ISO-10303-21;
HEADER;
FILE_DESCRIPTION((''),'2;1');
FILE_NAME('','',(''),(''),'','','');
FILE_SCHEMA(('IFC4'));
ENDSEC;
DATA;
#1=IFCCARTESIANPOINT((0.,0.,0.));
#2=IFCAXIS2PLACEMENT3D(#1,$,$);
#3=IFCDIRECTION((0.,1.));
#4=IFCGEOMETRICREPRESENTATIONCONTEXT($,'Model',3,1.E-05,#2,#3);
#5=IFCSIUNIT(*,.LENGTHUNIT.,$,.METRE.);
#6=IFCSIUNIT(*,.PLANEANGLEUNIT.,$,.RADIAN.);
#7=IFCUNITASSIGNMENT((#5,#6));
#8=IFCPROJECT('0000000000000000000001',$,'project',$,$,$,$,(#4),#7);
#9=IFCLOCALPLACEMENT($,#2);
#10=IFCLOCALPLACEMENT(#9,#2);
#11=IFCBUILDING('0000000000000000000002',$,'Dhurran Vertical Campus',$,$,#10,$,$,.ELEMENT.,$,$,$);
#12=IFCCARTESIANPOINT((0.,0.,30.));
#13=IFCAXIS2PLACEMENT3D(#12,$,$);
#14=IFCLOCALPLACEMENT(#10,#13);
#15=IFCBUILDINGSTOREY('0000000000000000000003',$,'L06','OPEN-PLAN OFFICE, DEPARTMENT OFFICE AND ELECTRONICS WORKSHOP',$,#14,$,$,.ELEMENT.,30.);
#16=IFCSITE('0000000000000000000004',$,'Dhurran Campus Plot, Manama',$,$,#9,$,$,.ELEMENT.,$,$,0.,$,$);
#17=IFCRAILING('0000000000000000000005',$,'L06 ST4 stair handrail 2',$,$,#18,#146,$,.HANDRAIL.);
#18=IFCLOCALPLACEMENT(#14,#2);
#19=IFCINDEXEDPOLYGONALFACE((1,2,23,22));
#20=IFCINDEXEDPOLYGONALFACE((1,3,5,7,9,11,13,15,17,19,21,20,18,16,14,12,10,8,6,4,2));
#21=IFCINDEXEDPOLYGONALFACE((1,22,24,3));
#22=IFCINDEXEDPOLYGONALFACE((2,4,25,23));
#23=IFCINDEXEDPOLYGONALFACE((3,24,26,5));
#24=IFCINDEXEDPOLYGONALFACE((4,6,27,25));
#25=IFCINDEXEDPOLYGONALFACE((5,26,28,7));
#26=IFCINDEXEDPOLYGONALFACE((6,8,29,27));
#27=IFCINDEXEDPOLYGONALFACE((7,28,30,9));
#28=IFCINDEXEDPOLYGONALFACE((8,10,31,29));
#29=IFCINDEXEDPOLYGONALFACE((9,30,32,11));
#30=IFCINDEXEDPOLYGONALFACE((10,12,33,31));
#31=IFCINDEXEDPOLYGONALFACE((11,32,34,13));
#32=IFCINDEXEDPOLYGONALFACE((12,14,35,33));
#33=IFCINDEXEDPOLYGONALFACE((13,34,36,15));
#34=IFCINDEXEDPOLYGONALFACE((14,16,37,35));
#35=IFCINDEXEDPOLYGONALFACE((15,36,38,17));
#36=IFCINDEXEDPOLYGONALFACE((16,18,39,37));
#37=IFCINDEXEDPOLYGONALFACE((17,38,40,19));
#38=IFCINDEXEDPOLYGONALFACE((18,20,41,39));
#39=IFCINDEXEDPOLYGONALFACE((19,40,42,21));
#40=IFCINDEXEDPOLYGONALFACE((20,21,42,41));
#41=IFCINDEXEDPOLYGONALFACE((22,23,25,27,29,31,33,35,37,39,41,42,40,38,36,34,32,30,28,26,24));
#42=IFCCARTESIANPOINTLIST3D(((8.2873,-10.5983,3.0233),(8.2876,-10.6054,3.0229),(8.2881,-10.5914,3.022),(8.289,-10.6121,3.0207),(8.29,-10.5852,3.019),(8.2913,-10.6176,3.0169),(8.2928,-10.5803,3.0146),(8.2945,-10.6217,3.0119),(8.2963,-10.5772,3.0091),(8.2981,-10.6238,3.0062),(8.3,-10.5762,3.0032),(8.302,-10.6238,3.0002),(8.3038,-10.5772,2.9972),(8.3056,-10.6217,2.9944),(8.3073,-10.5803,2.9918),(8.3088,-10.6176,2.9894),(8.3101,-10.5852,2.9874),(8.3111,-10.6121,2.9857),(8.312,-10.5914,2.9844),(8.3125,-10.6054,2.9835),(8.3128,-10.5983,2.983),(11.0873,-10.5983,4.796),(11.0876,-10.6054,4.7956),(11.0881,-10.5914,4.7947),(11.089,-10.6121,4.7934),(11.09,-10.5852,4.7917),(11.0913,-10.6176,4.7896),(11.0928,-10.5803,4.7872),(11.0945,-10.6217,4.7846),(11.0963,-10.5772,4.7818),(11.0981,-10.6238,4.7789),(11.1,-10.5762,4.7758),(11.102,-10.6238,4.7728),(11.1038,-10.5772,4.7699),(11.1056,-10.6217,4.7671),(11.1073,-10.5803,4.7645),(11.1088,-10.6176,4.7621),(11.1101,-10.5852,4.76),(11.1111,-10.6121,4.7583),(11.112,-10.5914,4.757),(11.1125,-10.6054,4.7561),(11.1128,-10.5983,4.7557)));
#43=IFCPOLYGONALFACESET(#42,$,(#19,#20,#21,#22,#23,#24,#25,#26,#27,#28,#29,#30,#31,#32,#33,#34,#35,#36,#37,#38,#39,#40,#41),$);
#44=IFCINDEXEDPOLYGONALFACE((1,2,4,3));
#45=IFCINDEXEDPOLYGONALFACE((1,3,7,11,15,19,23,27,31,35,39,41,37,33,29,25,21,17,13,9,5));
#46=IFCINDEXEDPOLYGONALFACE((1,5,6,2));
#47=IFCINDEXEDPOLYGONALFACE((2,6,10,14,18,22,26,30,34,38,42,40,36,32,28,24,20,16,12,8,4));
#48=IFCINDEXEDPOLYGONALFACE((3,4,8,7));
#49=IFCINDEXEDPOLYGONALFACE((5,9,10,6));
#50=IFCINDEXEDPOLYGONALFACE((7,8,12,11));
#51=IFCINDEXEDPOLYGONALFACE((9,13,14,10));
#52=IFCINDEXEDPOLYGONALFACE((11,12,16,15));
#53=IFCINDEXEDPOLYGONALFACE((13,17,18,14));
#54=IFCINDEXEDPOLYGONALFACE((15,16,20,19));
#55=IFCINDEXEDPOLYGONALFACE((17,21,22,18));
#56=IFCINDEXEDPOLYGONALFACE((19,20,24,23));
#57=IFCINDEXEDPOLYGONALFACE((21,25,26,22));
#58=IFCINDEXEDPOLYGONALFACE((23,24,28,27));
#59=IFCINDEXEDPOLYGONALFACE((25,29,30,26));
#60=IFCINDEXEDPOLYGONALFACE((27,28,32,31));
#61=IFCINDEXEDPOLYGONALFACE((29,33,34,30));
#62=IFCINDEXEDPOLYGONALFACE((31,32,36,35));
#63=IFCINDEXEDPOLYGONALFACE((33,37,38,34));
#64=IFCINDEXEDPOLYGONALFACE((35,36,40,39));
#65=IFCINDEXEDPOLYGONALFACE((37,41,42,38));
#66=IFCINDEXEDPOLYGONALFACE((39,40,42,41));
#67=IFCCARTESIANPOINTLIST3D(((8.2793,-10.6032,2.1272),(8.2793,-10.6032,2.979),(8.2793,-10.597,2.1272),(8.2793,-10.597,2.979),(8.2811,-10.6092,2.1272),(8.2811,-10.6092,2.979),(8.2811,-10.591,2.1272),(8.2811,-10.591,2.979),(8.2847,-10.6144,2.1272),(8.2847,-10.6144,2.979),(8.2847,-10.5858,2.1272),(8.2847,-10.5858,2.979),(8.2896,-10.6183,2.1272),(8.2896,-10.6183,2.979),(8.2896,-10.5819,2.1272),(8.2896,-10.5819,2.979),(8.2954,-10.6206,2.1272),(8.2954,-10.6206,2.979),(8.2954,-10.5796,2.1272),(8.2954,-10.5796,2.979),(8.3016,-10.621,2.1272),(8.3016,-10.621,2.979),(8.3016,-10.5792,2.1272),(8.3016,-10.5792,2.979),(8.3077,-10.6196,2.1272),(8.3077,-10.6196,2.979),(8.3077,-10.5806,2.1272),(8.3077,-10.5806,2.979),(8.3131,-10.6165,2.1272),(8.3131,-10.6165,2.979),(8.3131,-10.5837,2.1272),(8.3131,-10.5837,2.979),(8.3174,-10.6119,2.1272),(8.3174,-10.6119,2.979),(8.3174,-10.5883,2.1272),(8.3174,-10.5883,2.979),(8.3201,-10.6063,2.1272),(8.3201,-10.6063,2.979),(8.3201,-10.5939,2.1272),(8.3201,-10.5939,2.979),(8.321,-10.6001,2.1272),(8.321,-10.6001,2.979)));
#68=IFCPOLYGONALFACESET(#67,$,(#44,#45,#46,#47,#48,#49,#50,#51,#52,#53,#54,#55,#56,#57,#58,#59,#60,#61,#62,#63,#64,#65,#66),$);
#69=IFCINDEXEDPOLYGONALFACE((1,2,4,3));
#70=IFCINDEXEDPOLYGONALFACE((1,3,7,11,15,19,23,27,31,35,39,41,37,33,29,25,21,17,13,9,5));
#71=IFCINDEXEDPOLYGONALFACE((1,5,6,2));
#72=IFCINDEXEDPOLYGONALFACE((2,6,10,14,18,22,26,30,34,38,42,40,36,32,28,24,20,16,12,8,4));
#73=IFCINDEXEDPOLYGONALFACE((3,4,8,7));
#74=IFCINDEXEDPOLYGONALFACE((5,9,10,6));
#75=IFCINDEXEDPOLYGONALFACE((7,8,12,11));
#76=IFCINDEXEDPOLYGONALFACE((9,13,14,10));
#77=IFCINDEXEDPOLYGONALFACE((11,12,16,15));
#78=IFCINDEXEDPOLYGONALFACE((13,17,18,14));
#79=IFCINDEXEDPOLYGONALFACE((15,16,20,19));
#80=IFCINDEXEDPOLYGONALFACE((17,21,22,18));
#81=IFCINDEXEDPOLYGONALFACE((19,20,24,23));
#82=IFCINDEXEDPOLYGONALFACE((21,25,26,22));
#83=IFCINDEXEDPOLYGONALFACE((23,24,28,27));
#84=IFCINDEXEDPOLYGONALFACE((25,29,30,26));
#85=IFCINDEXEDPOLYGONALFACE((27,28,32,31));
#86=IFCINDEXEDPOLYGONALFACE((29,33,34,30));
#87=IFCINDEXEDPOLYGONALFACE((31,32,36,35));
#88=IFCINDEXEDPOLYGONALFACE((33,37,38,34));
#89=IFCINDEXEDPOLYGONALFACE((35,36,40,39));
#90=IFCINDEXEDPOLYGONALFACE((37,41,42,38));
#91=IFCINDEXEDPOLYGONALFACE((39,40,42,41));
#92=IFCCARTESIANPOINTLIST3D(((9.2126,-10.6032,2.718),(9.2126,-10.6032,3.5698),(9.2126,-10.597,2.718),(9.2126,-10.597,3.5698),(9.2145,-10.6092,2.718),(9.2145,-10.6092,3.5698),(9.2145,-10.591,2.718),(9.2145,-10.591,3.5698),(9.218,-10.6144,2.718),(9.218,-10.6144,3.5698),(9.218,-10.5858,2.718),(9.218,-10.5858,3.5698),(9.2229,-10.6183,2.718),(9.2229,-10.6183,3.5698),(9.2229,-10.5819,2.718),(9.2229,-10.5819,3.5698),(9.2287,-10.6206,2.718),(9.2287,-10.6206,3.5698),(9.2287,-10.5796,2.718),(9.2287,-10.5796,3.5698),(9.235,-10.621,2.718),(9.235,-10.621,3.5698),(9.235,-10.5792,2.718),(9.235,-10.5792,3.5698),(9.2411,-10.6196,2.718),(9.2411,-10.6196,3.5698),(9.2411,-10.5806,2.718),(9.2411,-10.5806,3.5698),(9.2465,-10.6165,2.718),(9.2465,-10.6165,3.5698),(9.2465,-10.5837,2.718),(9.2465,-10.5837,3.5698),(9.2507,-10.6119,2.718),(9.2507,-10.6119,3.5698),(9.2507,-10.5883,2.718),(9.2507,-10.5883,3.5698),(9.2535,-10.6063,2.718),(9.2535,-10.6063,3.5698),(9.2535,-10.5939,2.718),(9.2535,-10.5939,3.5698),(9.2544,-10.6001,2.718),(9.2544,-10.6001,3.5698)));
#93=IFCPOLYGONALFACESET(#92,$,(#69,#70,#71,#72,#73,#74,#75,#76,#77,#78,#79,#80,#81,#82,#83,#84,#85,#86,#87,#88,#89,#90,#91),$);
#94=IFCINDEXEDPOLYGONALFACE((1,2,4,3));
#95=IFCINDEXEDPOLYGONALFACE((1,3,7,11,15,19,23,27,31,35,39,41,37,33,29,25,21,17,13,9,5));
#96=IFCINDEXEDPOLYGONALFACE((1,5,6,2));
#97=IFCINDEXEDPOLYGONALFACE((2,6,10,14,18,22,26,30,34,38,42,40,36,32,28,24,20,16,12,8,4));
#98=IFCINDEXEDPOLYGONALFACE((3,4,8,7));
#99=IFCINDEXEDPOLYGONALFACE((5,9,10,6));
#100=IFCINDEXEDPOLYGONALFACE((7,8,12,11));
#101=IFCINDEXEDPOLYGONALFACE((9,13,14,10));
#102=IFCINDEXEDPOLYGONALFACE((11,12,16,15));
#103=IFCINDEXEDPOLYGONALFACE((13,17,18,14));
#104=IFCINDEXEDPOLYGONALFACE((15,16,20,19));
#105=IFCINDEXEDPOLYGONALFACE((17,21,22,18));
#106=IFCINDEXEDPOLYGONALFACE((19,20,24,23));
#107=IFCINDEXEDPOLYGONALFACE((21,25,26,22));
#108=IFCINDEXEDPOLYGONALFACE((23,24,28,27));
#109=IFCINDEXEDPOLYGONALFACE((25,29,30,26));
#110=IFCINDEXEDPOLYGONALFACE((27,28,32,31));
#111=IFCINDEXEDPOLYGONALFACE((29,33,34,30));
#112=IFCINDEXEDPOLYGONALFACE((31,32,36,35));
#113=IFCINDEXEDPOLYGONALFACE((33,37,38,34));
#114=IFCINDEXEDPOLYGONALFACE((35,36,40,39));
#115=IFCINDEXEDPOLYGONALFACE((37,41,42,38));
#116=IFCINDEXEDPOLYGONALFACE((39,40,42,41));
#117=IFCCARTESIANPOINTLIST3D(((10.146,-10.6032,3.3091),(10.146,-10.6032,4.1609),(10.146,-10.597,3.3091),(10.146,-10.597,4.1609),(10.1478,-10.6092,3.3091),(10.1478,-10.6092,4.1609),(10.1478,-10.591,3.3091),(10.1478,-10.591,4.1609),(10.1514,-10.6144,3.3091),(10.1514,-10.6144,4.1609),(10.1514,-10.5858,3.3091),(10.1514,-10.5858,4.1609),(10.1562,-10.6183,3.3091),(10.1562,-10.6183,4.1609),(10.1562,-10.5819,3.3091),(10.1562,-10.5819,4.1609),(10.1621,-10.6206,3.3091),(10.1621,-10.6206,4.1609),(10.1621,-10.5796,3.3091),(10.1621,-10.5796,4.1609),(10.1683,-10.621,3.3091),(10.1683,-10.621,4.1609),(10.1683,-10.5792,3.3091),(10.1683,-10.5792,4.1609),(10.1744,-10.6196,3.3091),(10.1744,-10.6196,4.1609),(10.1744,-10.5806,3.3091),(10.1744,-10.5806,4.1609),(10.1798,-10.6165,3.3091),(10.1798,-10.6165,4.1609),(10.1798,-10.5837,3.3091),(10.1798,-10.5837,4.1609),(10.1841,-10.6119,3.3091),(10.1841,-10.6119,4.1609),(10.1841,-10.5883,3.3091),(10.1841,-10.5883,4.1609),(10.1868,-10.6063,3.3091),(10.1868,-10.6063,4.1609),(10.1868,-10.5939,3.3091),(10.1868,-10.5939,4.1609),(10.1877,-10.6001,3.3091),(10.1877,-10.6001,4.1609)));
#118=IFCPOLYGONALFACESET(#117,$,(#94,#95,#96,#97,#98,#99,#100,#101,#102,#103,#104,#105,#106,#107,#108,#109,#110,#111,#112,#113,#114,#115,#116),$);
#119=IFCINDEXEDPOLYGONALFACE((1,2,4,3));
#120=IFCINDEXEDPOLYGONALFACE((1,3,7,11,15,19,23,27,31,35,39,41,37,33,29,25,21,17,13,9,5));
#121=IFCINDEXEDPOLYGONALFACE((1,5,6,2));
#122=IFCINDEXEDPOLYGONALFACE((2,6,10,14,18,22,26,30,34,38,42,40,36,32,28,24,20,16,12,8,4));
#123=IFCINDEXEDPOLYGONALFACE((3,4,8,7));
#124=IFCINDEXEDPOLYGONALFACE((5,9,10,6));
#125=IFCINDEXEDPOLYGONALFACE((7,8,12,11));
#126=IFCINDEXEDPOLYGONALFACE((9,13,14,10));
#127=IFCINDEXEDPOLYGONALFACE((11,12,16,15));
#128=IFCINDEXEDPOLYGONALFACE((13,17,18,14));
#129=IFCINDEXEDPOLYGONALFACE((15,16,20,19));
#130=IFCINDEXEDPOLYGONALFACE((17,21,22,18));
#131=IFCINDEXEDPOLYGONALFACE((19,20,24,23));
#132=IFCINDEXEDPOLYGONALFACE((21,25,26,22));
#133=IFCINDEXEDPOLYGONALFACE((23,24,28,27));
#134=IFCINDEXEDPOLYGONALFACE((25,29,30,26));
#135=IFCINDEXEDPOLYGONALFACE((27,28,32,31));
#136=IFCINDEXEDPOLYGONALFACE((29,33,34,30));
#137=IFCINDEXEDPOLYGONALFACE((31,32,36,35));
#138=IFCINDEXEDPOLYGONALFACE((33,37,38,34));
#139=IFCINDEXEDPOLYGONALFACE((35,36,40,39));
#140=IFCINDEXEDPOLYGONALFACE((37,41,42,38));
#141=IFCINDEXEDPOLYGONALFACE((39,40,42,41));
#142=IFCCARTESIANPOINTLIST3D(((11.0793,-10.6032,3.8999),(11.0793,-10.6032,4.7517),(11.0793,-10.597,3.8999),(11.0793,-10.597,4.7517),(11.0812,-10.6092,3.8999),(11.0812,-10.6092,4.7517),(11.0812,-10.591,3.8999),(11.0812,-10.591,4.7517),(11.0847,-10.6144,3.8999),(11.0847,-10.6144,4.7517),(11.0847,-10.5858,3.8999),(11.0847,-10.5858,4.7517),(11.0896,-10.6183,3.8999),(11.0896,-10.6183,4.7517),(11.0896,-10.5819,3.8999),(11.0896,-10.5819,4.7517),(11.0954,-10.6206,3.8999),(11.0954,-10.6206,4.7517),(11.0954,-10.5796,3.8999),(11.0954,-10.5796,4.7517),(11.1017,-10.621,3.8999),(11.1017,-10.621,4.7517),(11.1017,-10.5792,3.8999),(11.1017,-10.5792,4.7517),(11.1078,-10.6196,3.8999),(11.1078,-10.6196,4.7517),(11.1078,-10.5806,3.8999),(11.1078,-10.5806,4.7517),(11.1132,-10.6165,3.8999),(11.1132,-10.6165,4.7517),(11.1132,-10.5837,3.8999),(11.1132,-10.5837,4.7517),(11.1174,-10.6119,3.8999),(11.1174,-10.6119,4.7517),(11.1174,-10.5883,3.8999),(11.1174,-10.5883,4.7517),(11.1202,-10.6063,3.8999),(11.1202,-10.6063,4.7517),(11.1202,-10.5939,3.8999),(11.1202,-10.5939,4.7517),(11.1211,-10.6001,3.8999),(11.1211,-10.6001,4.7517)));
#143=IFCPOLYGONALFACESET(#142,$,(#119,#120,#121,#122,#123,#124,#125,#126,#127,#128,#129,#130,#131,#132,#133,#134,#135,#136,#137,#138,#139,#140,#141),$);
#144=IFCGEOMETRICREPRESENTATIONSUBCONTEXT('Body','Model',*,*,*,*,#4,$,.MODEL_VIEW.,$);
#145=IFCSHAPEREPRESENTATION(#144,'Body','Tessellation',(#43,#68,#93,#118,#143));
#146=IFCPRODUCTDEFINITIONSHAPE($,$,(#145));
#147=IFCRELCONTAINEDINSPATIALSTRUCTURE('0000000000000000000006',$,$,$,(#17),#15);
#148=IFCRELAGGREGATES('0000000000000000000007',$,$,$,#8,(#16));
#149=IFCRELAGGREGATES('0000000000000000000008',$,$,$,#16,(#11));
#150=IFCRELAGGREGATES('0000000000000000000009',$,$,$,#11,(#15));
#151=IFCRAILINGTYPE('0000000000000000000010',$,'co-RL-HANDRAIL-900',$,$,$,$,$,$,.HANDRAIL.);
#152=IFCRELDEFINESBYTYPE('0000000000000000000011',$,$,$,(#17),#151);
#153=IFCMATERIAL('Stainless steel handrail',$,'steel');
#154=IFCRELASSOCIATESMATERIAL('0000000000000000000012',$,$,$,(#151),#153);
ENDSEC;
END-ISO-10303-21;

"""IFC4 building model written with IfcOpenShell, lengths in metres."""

from ifc_helpers import new_model, si_unit, direction, frame, origin, origin_2d, place, context, subcontext, project, spatial, circle, extrude, material, type_object, element, save


model = new_model("IFC4")

# Units and contexts
model_context = context("Model", 3, precision=1e-05, world=origin(), true_north=direction((0.0, 1.0)))
body_context = subcontext(model_context, "Body", "Model", "MODEL_VIEW")
ifc_project = project(units=[si_unit("LENGTHUNIT", "METRE"), si_unit("PLANEANGLEUNIT", "RADIAN")], contexts=[model_context])

# Site, building, storey
site_placement = place(None, origin())
site = spatial("IfcSite", under=ifc_project, at=site_placement, Name="Dhurran Campus Plot, Manama", CompositionType="ELEMENT", RefElevation=0.0)
building_placement = place(site_placement, origin())
building = spatial("IfcBuilding", under=site, at=building_placement, Name="Dhurran Vertical Campus", CompositionType="ELEMENT")
storey_placement = place(building_placement, frame((0.0, 0.0, 30.0)))
storey = spatial("IfcBuildingStorey", under=building, at=storey_placement, Name="L06", Description="OPEN-PLAN OFFICE, DEPARTMENT OFFICE AND ELECTRONICS WORKSHOP", CompositionType="ELEMENT", Elevation=30.0)

# Railing
ifc_material_1 = material(Name="Stainless steel handrail", Category="steel")
railing_type = type_object("IfcRailingType", Name="co-RL-HANDRAIL-900", PredefinedType="HANDRAIL", material=ifc_material_1)
railing_placement = place(storey_placement, frame((8.3, -10.6001, 2.1272)))
element("IfcRailing", 1, at=railing_placement, inside=storey, type_object=railing_type, Name="L06 ST4 stair handrail 2", PredefinedType="HANDRAIL", context=body_context, shape_type="SweptSolid", body=[
    extrude(circle(Radius=0.0239, at=origin_2d()), frame((0.0, 0.0, 0.876), z_axis=(0.844909, 0.0, 0.53491), x_axis=(0.0, 1.0, 0.0)), (0.0, 0.0, 1.0), 3.314),
    extrude(circle(Radius=0.021, at=origin_2d()), origin(), (0.0, 0.0, 1.0), 0.8518),
    extrude(circle(Radius=0.021, at=origin_2d()), frame((0.9333, 0.0, 0.5908)), (0.0, 0.0, 1.0), 0.8518),
    extrude(circle(Radius=0.021, at=origin_2d()), frame((1.8667, 0.0, 1.1819)), (0.0, 0.0, 1.0), 0.8518),
    extrude(circle(Radius=0.021, at=origin_2d()), frame((2.8, 0.0, 1.7727)), (0.0, 0.0, 1.0), 0.8518),
])

save(model, "model.ifc")
